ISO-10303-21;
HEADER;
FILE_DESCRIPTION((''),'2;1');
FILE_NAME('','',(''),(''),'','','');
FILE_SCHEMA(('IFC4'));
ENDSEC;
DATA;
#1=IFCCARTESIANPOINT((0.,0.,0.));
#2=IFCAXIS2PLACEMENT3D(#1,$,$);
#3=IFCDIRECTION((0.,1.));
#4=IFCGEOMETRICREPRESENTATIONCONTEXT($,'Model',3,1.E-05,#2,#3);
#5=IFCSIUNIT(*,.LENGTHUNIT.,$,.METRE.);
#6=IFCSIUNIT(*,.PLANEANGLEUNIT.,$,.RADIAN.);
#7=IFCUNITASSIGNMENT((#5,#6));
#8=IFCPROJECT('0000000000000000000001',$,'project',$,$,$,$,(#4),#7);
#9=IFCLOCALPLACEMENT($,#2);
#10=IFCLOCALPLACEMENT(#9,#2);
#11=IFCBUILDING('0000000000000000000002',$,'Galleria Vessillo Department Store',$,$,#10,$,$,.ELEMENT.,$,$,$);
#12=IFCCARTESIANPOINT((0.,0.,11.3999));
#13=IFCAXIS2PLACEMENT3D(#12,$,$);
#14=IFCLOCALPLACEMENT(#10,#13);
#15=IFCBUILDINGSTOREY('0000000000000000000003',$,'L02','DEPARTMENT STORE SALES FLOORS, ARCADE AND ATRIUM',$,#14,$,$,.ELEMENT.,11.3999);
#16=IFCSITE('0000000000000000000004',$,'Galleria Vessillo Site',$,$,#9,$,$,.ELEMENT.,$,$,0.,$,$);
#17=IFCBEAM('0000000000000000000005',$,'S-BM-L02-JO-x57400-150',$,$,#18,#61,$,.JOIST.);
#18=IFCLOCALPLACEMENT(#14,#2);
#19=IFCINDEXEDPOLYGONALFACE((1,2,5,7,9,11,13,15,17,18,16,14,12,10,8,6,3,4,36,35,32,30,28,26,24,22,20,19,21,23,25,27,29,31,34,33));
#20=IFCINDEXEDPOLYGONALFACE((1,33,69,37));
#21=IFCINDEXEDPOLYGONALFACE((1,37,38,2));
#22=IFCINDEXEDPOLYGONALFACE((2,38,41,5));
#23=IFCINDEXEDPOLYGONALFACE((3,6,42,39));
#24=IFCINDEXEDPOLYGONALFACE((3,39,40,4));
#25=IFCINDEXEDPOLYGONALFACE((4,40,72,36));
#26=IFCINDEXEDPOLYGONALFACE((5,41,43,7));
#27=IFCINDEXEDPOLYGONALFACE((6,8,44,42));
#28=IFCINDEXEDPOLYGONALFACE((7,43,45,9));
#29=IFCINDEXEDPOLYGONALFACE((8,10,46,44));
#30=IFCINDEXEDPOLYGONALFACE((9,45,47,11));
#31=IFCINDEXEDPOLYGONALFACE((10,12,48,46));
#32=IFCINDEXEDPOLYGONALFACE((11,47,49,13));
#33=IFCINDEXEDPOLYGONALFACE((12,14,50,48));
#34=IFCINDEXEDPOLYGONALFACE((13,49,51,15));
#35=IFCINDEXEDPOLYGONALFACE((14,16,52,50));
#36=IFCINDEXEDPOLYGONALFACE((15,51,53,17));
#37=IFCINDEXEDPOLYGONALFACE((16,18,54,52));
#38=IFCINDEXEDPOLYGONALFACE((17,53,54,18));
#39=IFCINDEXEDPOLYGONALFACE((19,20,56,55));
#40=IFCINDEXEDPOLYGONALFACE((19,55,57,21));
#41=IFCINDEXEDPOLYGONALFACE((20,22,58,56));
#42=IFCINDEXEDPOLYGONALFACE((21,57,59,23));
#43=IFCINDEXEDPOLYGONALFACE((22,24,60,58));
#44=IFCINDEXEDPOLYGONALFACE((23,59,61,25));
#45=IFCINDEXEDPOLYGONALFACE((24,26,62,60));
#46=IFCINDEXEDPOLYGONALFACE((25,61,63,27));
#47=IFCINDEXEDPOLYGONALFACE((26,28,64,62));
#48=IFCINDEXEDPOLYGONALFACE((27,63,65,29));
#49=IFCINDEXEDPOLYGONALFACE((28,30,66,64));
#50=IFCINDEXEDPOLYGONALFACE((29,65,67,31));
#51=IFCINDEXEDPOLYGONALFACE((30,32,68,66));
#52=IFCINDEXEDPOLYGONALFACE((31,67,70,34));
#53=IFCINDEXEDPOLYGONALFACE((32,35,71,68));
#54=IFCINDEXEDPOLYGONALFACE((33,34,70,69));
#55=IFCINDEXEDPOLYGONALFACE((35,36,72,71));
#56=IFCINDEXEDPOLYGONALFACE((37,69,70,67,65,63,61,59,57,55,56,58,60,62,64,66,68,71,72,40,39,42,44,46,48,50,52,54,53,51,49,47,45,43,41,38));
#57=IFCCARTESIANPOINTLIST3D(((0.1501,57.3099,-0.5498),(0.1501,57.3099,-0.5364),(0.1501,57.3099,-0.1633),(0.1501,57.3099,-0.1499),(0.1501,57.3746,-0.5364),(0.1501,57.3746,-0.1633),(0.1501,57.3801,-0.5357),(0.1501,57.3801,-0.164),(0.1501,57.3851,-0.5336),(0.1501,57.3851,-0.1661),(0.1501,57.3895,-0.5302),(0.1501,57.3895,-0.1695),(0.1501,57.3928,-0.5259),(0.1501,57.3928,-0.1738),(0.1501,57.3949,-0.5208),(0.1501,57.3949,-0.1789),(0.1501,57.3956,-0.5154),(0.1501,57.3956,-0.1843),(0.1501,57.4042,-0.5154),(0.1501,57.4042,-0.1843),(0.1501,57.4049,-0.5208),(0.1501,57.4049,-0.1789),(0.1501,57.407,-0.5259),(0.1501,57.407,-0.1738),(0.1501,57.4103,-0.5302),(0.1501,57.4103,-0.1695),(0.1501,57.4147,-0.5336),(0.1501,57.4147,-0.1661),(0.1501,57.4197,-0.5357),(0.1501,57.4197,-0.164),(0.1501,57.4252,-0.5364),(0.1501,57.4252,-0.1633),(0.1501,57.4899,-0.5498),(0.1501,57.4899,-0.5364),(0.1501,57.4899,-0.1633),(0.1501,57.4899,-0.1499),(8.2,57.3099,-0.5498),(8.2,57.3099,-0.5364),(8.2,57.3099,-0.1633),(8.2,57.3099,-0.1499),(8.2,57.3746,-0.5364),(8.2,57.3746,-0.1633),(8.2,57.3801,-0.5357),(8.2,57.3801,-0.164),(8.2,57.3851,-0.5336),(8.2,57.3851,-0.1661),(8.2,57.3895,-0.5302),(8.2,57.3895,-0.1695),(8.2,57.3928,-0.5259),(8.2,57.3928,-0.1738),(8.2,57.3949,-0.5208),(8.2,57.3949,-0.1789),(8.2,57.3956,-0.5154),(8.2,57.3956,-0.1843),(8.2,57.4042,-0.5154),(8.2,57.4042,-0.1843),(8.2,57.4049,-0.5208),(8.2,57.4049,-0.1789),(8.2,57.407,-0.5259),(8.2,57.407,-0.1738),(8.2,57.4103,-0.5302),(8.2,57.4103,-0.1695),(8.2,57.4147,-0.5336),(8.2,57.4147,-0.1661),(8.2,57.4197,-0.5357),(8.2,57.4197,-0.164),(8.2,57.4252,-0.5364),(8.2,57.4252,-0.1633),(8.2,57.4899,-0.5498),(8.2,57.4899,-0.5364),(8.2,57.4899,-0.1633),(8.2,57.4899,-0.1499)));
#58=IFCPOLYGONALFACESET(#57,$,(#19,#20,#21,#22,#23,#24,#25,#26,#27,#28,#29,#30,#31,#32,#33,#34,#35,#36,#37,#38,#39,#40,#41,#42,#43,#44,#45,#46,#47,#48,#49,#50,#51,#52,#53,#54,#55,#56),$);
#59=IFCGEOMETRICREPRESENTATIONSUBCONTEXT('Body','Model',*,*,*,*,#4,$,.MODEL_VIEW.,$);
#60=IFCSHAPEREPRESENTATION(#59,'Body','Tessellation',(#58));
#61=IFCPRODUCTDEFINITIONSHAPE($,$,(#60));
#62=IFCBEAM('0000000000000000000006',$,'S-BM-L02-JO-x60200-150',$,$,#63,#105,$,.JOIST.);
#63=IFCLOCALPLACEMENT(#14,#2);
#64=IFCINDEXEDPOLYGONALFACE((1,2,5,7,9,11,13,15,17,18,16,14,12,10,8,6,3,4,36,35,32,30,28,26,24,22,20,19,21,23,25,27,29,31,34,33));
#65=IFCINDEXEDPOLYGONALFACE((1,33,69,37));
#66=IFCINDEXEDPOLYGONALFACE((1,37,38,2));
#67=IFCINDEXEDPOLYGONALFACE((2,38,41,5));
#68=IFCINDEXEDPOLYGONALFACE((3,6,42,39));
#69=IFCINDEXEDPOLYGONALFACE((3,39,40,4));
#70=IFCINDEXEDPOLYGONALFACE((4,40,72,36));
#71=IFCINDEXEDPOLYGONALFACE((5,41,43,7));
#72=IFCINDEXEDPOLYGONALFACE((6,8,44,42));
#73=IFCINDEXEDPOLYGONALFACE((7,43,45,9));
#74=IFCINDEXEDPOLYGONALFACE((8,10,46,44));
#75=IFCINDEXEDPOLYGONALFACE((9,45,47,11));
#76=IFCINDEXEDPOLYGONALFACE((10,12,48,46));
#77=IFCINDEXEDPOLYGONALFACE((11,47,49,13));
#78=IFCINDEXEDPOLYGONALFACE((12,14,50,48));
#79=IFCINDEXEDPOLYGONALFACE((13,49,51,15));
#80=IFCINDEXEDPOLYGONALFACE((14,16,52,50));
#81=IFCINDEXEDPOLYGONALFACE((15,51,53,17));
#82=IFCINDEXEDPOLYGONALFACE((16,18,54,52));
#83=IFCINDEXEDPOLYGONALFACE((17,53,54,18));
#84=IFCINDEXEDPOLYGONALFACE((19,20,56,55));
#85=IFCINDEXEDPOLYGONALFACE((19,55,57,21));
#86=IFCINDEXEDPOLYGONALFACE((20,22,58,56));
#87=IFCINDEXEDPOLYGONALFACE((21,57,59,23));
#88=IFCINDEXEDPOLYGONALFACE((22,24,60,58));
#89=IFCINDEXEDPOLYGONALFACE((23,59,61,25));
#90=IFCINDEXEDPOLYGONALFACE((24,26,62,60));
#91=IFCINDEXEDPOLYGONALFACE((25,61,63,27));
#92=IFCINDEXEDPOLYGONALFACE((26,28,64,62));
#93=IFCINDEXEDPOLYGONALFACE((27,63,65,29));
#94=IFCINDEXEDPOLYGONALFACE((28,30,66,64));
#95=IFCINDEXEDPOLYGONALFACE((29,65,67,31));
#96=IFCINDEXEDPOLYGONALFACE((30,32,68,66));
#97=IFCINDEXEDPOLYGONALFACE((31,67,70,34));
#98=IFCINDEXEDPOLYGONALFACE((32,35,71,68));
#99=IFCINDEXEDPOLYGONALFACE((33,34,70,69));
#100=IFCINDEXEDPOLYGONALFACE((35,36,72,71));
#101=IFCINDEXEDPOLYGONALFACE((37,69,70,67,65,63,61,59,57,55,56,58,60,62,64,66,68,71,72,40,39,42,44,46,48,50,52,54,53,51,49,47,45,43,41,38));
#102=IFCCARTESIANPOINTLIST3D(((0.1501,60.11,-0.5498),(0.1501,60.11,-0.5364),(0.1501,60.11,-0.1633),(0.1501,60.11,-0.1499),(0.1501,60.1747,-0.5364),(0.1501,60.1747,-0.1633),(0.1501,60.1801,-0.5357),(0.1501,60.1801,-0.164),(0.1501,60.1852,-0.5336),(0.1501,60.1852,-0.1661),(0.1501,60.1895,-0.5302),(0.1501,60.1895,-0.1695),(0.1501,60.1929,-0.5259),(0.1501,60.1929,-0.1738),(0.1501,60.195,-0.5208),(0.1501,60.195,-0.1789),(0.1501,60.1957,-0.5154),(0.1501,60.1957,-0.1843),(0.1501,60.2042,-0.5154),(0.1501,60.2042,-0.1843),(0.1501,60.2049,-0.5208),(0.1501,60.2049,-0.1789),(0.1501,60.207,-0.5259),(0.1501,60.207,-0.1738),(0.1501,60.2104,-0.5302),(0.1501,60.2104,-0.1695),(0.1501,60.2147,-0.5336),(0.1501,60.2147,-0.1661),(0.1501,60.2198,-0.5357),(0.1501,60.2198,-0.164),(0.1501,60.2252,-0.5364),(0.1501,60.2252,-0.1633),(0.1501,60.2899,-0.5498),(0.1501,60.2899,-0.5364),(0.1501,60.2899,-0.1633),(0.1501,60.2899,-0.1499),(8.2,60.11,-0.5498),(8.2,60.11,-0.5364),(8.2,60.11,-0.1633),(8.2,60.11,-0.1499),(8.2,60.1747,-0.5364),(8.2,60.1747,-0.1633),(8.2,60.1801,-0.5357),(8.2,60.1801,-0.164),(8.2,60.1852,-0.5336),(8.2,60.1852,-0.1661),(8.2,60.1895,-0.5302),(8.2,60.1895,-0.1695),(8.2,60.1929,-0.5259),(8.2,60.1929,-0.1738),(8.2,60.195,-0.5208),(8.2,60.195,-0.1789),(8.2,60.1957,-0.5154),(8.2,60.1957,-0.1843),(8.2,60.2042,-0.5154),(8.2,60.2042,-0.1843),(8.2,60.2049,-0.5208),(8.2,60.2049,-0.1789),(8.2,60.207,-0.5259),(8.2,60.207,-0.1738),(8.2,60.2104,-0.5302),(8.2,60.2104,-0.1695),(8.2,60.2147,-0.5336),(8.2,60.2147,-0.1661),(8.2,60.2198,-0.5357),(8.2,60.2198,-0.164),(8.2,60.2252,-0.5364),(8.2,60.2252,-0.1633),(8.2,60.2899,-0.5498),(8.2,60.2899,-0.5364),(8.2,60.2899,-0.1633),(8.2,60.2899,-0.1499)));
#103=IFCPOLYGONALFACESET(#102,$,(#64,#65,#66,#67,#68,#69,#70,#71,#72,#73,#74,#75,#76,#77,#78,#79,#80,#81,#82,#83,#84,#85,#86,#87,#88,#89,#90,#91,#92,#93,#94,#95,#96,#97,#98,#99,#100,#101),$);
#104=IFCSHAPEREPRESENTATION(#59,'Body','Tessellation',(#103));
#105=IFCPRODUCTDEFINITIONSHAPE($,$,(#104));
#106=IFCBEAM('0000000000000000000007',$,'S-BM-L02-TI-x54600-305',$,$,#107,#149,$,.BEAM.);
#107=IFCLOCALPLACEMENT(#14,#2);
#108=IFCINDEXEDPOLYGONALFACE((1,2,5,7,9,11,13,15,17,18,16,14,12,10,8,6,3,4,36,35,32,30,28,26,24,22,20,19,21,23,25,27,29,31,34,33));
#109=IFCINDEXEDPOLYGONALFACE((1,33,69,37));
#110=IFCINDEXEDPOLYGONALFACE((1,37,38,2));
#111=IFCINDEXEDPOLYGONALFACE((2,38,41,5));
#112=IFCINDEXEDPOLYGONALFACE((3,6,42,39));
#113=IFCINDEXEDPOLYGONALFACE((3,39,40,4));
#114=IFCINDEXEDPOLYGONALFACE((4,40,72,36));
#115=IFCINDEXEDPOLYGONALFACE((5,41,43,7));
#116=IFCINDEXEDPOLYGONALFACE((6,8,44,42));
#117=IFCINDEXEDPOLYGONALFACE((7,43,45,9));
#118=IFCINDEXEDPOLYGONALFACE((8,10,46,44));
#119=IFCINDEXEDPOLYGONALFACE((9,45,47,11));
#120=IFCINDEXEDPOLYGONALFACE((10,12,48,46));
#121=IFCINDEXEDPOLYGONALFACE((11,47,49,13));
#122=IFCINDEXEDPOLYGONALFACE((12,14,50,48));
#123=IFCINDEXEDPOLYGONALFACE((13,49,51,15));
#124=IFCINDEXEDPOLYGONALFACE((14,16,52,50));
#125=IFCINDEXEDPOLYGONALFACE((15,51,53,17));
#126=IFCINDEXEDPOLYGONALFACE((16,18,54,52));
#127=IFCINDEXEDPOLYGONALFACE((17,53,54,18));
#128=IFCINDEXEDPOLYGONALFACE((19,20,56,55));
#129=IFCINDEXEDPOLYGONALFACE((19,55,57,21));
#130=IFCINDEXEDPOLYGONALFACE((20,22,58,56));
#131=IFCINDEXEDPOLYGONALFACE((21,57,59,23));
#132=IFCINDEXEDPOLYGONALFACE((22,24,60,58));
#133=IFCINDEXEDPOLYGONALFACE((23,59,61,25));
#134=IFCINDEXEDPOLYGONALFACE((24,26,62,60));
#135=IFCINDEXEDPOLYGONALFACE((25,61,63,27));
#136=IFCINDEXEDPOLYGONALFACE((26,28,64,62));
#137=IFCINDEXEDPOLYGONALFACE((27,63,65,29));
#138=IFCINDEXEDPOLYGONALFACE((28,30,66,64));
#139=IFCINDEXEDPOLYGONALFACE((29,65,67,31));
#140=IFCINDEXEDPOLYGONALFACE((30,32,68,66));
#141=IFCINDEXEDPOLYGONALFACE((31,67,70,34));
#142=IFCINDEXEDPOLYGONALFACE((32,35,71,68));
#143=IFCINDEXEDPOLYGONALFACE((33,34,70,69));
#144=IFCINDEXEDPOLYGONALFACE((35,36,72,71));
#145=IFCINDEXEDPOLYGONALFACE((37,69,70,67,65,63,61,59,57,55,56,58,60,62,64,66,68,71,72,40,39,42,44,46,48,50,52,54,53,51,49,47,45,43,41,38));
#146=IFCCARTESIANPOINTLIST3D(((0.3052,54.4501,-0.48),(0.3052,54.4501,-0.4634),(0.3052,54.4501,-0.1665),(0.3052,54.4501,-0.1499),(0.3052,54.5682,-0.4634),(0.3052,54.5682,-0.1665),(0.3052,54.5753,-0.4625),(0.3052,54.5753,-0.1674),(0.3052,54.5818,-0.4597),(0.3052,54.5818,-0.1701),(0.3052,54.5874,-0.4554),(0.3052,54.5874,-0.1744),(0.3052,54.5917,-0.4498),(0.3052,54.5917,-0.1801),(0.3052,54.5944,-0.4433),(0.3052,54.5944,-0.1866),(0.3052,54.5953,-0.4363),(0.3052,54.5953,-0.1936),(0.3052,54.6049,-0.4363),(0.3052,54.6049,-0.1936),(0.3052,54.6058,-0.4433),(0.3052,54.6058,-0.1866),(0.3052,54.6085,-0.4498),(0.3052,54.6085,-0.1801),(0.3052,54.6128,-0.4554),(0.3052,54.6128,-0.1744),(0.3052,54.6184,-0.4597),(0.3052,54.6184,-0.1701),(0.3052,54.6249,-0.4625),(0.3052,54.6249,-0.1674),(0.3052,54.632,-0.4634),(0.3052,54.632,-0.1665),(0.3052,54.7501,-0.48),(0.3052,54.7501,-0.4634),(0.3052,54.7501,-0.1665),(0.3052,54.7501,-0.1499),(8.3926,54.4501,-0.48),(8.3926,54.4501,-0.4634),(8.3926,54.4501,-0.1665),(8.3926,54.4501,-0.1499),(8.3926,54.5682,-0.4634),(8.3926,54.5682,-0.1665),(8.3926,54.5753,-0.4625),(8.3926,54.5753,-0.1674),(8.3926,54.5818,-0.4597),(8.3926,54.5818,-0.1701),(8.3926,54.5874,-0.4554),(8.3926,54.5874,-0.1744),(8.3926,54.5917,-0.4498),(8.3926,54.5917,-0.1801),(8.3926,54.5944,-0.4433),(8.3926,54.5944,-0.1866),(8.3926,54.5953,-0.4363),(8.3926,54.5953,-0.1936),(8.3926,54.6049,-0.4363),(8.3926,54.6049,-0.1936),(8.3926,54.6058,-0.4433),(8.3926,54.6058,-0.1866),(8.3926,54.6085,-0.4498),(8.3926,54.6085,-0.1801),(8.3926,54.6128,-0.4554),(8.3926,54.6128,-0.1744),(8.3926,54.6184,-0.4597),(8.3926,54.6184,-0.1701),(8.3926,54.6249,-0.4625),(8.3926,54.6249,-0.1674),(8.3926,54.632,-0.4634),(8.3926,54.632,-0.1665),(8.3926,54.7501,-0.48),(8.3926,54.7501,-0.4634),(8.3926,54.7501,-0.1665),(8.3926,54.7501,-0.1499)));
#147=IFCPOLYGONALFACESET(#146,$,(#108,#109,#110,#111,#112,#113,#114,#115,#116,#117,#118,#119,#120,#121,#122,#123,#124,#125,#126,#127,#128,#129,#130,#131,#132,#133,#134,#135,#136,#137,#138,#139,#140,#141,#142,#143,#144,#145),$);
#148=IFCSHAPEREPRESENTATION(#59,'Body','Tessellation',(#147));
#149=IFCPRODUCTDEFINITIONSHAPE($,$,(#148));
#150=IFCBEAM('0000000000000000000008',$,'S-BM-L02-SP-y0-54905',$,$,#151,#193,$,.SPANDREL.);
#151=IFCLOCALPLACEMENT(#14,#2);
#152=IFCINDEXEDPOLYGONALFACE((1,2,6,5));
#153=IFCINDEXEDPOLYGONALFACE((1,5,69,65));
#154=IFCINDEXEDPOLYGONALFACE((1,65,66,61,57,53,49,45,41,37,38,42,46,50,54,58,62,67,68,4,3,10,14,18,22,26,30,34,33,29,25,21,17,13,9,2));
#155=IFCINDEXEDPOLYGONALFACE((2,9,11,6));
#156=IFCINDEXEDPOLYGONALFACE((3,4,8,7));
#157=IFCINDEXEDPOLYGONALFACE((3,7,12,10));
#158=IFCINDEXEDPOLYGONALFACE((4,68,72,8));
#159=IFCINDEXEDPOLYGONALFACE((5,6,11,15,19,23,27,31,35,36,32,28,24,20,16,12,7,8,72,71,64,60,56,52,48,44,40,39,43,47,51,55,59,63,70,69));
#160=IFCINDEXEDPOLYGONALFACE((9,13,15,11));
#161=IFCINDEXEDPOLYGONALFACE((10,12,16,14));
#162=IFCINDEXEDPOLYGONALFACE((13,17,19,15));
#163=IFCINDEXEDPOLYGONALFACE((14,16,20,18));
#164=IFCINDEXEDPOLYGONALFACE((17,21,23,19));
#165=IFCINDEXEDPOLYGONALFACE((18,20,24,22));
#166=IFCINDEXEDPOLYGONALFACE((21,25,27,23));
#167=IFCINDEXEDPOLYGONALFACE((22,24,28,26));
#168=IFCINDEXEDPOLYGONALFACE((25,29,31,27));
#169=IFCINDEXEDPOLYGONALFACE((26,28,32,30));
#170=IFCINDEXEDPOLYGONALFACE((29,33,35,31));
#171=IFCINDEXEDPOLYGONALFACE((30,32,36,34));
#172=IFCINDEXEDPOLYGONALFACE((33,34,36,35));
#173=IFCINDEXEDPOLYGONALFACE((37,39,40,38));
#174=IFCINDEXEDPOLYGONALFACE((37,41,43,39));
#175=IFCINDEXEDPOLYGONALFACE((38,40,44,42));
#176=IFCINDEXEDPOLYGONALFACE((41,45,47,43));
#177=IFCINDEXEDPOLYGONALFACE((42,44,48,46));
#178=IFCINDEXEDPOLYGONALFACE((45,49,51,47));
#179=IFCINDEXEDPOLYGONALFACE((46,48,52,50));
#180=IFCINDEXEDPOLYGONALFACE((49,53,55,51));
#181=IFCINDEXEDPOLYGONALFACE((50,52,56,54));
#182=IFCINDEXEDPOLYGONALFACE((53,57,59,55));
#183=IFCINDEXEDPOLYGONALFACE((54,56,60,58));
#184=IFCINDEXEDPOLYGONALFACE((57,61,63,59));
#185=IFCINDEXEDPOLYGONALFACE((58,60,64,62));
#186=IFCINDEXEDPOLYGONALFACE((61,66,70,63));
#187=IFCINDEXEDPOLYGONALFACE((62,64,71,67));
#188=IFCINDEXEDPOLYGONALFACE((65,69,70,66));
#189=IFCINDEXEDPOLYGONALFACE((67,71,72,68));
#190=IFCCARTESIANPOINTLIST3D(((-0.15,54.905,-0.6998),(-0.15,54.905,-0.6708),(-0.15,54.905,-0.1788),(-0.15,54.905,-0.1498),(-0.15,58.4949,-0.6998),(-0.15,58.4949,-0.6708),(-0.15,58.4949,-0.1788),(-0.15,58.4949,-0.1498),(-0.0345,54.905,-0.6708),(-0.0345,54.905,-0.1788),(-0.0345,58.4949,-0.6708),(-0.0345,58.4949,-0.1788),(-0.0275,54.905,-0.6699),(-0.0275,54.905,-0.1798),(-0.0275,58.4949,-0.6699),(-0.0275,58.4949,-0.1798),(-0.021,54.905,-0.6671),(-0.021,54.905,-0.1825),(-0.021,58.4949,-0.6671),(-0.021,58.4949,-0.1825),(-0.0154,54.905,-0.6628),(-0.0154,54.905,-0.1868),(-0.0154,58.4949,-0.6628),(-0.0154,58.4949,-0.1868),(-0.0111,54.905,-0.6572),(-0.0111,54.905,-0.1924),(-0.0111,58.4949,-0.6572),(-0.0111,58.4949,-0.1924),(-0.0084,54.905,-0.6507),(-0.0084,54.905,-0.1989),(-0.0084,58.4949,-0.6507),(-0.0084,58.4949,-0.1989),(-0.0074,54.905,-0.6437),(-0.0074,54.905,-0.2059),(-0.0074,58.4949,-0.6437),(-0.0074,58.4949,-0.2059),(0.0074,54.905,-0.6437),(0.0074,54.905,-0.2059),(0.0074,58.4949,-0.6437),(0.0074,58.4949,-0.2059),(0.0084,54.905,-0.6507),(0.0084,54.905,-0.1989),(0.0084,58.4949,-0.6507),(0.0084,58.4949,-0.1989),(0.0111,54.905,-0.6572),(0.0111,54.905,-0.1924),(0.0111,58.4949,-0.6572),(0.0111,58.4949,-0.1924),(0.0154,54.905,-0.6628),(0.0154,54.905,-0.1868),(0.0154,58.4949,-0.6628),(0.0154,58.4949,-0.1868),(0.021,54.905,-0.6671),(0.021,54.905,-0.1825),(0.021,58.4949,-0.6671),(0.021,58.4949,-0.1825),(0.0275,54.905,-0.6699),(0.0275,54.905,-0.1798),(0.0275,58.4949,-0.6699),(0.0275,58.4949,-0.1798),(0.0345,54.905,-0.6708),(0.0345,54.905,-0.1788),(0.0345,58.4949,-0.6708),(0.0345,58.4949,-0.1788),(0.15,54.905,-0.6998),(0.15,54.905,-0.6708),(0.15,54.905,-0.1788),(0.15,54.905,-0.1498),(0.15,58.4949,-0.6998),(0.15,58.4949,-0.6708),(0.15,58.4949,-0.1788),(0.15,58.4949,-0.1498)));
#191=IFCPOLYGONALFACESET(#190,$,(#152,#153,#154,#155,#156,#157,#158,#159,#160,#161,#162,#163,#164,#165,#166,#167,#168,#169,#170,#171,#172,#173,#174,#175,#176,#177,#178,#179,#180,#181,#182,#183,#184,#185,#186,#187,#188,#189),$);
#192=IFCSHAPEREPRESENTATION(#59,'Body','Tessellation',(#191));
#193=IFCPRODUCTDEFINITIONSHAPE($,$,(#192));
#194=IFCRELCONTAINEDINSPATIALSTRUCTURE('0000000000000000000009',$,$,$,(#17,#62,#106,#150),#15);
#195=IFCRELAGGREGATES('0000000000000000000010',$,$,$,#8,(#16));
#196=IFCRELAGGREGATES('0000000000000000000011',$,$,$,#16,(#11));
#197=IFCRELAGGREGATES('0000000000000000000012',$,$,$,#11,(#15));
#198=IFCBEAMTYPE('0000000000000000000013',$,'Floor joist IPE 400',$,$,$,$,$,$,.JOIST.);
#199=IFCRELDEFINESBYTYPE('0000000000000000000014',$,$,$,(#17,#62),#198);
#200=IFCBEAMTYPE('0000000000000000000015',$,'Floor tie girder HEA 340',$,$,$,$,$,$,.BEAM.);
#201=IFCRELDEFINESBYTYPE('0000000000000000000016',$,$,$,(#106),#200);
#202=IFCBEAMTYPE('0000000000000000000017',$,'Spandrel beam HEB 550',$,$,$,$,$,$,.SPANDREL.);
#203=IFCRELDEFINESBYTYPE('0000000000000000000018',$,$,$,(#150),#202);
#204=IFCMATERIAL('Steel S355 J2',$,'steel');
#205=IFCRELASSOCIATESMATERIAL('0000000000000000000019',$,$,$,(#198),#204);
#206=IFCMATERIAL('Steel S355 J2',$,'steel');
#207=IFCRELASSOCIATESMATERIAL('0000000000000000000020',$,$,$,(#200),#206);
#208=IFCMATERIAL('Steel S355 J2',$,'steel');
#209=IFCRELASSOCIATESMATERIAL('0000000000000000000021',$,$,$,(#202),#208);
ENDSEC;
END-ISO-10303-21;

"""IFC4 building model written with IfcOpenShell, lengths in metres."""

from ifc_helpers import new_model, si_unit, direction, frame, origin, origin_2d, place, context, subcontext, project, spatial, i_section, extrude, material, material_profile, profile_set, type_object, element, save


model = new_model("IFC4")

# Units and contexts
model_context = context("Model", 3, precision=1e-05, world=origin(), true_north=direction((0.0, 1.0)))
body_context = subcontext(model_context, "Body", "Model", "MODEL_VIEW")
ifc_project = project(units=[si_unit("LENGTHUNIT", "METRE"), si_unit("PLANEANGLEUNIT", "RADIAN")], contexts=[model_context])

# Site, building, storey
site_placement = place(None, origin())
site = spatial("IfcSite", under=ifc_project, at=site_placement, Name="Galleria Vessillo Site", CompositionType="ELEMENT", RefElevation=0.0)
building_placement = place(site_placement, origin())
building = spatial("IfcBuilding", under=site, at=building_placement, Name="Galleria Vessillo Department Store", CompositionType="ELEMENT")
storey_placement = place(building_placement, frame((0.0, 0.0, 11.3999)))
storey = spatial("IfcBuildingStorey", under=building, at=storey_placement, Name="L02", Description="DEPARTMENT STORE SALES FLOORS, ARCADE AND ATRIUM", CompositionType="ELEMENT", Elevation=11.3999)

# Beams
ifc_material_1 = material(Name="Steel S355 J2", Category="steel")
ifc_material_profile_1 = material_profile(ifc_material_1, i_section(OverallWidth=0.1799, OverallDepth=0.3999, WebThickness=0.0085, FlangeThickness=0.0134, FilletRadius=0.021, at=origin_2d()), Name="IPE 400")
ifc_profile_set_1 = profile_set([ifc_material_profile_1], Name="Steel S355 J2")
beam_type_1 = type_object("IfcBeamType", Name="Floor joist IPE 400", PredefinedType="JOIST", material=ifc_profile_set_1)
for number, where, z_axis, x_axis, name in (
    (1, (0.1501, 57.3999, -0.3499), (1.0, 0.0, 0.0), (0.0, 1.0, 0.0), "S-BM-L02-JO-x57400-150"),
    (2, (0.1501, 60.2, -0.3499), (1.0, 0.0, 0.0), (0.0, 1.0, 0.0), "S-BM-L02-JO-x60200-150"),
):
    element("IfcBeam", number, at=place(storey_placement, frame(where, z_axis=z_axis, x_axis=x_axis)), inside=storey, type_object=beam_type_1, Name=name, PredefinedType="JOIST", context=body_context, shape_type="SweptSolid", body=[
        extrude(i_section(OverallWidth=0.1799, OverallDepth=0.3999, WebThickness=0.0085, FlangeThickness=0.0134, FilletRadius=0.021, at=origin_2d()), origin(), (0.0, 0.0, 1.0), 8.0498),
    ])
ifc_material_2 = material(Name="Steel S355 J2", Category="steel")
ifc_material_profile_2 = material_profile(ifc_material_2, i_section(OverallWidth=0.3, OverallDepth=0.3301, WebThickness=0.0095, FlangeThickness=0.0166, FilletRadius=0.0271, at=origin_2d()), Name="HEA 340")
ifc_profile_set_2 = profile_set([ifc_material_profile_2], Name="Steel S355 J2")
beam_type_2 = type_object("IfcBeamType", Name="Floor tie girder HEA 340", PredefinedType="BEAM", material=ifc_profile_set_2)
beam_1_placement = place(storey_placement, frame((0.3052, 54.6001, -0.3149), z_axis=(1.0, 0.0, 0.0), x_axis=(0.0, 1.0, 0.0)))
element("IfcBeam", 3, at=beam_1_placement, inside=storey, type_object=beam_type_2, Name="S-BM-L02-TI-x54600-305", PredefinedType="BEAM", context=body_context, shape_type="SweptSolid", body=[
    extrude(i_section(OverallWidth=0.3, OverallDepth=0.3301, WebThickness=0.0095, FlangeThickness=0.0166, FilletRadius=0.0271, at=origin_2d()), origin(), (0.0, 0.0, 1.0), 8.0874),
])
ifc_material_3 = material(Name="Steel S355 J2", Category="steel")
ifc_material_profile_3 = material_profile(ifc_material_3, i_section(OverallWidth=0.3, OverallDepth=0.55, WebThickness=0.0149, FlangeThickness=0.0291, FilletRadius=0.0271, at=origin_2d()), Name="HEB 550")
ifc_profile_set_3 = profile_set([ifc_material_profile_3], Name="Steel S355 J2")
beam_type_3 = type_object("IfcBeamType", Name="Spandrel beam HEB 550", PredefinedType="SPANDREL", material=ifc_profile_set_3)
beam_2_placement = place(storey_placement, frame((0.0, 54.905, -0.4248), z_axis=(0.0, 1.0, 0.0), x_axis=(-1.0, 0.0, 0.0)))
element("IfcBeam", 4, at=beam_2_placement, inside=storey, type_object=beam_type_3, Name="S-BM-L02-SP-y0-54905", PredefinedType="SPANDREL", context=body_context, shape_type="SweptSolid", body=[
    extrude(i_section(OverallWidth=0.3, OverallDepth=0.55, WebThickness=0.0149, FlangeThickness=0.0291, FilletRadius=0.0271, at=origin_2d()), origin(), (0.0, 0.0, 1.0), 3.5898),
])

save(model, "model.ifc")
